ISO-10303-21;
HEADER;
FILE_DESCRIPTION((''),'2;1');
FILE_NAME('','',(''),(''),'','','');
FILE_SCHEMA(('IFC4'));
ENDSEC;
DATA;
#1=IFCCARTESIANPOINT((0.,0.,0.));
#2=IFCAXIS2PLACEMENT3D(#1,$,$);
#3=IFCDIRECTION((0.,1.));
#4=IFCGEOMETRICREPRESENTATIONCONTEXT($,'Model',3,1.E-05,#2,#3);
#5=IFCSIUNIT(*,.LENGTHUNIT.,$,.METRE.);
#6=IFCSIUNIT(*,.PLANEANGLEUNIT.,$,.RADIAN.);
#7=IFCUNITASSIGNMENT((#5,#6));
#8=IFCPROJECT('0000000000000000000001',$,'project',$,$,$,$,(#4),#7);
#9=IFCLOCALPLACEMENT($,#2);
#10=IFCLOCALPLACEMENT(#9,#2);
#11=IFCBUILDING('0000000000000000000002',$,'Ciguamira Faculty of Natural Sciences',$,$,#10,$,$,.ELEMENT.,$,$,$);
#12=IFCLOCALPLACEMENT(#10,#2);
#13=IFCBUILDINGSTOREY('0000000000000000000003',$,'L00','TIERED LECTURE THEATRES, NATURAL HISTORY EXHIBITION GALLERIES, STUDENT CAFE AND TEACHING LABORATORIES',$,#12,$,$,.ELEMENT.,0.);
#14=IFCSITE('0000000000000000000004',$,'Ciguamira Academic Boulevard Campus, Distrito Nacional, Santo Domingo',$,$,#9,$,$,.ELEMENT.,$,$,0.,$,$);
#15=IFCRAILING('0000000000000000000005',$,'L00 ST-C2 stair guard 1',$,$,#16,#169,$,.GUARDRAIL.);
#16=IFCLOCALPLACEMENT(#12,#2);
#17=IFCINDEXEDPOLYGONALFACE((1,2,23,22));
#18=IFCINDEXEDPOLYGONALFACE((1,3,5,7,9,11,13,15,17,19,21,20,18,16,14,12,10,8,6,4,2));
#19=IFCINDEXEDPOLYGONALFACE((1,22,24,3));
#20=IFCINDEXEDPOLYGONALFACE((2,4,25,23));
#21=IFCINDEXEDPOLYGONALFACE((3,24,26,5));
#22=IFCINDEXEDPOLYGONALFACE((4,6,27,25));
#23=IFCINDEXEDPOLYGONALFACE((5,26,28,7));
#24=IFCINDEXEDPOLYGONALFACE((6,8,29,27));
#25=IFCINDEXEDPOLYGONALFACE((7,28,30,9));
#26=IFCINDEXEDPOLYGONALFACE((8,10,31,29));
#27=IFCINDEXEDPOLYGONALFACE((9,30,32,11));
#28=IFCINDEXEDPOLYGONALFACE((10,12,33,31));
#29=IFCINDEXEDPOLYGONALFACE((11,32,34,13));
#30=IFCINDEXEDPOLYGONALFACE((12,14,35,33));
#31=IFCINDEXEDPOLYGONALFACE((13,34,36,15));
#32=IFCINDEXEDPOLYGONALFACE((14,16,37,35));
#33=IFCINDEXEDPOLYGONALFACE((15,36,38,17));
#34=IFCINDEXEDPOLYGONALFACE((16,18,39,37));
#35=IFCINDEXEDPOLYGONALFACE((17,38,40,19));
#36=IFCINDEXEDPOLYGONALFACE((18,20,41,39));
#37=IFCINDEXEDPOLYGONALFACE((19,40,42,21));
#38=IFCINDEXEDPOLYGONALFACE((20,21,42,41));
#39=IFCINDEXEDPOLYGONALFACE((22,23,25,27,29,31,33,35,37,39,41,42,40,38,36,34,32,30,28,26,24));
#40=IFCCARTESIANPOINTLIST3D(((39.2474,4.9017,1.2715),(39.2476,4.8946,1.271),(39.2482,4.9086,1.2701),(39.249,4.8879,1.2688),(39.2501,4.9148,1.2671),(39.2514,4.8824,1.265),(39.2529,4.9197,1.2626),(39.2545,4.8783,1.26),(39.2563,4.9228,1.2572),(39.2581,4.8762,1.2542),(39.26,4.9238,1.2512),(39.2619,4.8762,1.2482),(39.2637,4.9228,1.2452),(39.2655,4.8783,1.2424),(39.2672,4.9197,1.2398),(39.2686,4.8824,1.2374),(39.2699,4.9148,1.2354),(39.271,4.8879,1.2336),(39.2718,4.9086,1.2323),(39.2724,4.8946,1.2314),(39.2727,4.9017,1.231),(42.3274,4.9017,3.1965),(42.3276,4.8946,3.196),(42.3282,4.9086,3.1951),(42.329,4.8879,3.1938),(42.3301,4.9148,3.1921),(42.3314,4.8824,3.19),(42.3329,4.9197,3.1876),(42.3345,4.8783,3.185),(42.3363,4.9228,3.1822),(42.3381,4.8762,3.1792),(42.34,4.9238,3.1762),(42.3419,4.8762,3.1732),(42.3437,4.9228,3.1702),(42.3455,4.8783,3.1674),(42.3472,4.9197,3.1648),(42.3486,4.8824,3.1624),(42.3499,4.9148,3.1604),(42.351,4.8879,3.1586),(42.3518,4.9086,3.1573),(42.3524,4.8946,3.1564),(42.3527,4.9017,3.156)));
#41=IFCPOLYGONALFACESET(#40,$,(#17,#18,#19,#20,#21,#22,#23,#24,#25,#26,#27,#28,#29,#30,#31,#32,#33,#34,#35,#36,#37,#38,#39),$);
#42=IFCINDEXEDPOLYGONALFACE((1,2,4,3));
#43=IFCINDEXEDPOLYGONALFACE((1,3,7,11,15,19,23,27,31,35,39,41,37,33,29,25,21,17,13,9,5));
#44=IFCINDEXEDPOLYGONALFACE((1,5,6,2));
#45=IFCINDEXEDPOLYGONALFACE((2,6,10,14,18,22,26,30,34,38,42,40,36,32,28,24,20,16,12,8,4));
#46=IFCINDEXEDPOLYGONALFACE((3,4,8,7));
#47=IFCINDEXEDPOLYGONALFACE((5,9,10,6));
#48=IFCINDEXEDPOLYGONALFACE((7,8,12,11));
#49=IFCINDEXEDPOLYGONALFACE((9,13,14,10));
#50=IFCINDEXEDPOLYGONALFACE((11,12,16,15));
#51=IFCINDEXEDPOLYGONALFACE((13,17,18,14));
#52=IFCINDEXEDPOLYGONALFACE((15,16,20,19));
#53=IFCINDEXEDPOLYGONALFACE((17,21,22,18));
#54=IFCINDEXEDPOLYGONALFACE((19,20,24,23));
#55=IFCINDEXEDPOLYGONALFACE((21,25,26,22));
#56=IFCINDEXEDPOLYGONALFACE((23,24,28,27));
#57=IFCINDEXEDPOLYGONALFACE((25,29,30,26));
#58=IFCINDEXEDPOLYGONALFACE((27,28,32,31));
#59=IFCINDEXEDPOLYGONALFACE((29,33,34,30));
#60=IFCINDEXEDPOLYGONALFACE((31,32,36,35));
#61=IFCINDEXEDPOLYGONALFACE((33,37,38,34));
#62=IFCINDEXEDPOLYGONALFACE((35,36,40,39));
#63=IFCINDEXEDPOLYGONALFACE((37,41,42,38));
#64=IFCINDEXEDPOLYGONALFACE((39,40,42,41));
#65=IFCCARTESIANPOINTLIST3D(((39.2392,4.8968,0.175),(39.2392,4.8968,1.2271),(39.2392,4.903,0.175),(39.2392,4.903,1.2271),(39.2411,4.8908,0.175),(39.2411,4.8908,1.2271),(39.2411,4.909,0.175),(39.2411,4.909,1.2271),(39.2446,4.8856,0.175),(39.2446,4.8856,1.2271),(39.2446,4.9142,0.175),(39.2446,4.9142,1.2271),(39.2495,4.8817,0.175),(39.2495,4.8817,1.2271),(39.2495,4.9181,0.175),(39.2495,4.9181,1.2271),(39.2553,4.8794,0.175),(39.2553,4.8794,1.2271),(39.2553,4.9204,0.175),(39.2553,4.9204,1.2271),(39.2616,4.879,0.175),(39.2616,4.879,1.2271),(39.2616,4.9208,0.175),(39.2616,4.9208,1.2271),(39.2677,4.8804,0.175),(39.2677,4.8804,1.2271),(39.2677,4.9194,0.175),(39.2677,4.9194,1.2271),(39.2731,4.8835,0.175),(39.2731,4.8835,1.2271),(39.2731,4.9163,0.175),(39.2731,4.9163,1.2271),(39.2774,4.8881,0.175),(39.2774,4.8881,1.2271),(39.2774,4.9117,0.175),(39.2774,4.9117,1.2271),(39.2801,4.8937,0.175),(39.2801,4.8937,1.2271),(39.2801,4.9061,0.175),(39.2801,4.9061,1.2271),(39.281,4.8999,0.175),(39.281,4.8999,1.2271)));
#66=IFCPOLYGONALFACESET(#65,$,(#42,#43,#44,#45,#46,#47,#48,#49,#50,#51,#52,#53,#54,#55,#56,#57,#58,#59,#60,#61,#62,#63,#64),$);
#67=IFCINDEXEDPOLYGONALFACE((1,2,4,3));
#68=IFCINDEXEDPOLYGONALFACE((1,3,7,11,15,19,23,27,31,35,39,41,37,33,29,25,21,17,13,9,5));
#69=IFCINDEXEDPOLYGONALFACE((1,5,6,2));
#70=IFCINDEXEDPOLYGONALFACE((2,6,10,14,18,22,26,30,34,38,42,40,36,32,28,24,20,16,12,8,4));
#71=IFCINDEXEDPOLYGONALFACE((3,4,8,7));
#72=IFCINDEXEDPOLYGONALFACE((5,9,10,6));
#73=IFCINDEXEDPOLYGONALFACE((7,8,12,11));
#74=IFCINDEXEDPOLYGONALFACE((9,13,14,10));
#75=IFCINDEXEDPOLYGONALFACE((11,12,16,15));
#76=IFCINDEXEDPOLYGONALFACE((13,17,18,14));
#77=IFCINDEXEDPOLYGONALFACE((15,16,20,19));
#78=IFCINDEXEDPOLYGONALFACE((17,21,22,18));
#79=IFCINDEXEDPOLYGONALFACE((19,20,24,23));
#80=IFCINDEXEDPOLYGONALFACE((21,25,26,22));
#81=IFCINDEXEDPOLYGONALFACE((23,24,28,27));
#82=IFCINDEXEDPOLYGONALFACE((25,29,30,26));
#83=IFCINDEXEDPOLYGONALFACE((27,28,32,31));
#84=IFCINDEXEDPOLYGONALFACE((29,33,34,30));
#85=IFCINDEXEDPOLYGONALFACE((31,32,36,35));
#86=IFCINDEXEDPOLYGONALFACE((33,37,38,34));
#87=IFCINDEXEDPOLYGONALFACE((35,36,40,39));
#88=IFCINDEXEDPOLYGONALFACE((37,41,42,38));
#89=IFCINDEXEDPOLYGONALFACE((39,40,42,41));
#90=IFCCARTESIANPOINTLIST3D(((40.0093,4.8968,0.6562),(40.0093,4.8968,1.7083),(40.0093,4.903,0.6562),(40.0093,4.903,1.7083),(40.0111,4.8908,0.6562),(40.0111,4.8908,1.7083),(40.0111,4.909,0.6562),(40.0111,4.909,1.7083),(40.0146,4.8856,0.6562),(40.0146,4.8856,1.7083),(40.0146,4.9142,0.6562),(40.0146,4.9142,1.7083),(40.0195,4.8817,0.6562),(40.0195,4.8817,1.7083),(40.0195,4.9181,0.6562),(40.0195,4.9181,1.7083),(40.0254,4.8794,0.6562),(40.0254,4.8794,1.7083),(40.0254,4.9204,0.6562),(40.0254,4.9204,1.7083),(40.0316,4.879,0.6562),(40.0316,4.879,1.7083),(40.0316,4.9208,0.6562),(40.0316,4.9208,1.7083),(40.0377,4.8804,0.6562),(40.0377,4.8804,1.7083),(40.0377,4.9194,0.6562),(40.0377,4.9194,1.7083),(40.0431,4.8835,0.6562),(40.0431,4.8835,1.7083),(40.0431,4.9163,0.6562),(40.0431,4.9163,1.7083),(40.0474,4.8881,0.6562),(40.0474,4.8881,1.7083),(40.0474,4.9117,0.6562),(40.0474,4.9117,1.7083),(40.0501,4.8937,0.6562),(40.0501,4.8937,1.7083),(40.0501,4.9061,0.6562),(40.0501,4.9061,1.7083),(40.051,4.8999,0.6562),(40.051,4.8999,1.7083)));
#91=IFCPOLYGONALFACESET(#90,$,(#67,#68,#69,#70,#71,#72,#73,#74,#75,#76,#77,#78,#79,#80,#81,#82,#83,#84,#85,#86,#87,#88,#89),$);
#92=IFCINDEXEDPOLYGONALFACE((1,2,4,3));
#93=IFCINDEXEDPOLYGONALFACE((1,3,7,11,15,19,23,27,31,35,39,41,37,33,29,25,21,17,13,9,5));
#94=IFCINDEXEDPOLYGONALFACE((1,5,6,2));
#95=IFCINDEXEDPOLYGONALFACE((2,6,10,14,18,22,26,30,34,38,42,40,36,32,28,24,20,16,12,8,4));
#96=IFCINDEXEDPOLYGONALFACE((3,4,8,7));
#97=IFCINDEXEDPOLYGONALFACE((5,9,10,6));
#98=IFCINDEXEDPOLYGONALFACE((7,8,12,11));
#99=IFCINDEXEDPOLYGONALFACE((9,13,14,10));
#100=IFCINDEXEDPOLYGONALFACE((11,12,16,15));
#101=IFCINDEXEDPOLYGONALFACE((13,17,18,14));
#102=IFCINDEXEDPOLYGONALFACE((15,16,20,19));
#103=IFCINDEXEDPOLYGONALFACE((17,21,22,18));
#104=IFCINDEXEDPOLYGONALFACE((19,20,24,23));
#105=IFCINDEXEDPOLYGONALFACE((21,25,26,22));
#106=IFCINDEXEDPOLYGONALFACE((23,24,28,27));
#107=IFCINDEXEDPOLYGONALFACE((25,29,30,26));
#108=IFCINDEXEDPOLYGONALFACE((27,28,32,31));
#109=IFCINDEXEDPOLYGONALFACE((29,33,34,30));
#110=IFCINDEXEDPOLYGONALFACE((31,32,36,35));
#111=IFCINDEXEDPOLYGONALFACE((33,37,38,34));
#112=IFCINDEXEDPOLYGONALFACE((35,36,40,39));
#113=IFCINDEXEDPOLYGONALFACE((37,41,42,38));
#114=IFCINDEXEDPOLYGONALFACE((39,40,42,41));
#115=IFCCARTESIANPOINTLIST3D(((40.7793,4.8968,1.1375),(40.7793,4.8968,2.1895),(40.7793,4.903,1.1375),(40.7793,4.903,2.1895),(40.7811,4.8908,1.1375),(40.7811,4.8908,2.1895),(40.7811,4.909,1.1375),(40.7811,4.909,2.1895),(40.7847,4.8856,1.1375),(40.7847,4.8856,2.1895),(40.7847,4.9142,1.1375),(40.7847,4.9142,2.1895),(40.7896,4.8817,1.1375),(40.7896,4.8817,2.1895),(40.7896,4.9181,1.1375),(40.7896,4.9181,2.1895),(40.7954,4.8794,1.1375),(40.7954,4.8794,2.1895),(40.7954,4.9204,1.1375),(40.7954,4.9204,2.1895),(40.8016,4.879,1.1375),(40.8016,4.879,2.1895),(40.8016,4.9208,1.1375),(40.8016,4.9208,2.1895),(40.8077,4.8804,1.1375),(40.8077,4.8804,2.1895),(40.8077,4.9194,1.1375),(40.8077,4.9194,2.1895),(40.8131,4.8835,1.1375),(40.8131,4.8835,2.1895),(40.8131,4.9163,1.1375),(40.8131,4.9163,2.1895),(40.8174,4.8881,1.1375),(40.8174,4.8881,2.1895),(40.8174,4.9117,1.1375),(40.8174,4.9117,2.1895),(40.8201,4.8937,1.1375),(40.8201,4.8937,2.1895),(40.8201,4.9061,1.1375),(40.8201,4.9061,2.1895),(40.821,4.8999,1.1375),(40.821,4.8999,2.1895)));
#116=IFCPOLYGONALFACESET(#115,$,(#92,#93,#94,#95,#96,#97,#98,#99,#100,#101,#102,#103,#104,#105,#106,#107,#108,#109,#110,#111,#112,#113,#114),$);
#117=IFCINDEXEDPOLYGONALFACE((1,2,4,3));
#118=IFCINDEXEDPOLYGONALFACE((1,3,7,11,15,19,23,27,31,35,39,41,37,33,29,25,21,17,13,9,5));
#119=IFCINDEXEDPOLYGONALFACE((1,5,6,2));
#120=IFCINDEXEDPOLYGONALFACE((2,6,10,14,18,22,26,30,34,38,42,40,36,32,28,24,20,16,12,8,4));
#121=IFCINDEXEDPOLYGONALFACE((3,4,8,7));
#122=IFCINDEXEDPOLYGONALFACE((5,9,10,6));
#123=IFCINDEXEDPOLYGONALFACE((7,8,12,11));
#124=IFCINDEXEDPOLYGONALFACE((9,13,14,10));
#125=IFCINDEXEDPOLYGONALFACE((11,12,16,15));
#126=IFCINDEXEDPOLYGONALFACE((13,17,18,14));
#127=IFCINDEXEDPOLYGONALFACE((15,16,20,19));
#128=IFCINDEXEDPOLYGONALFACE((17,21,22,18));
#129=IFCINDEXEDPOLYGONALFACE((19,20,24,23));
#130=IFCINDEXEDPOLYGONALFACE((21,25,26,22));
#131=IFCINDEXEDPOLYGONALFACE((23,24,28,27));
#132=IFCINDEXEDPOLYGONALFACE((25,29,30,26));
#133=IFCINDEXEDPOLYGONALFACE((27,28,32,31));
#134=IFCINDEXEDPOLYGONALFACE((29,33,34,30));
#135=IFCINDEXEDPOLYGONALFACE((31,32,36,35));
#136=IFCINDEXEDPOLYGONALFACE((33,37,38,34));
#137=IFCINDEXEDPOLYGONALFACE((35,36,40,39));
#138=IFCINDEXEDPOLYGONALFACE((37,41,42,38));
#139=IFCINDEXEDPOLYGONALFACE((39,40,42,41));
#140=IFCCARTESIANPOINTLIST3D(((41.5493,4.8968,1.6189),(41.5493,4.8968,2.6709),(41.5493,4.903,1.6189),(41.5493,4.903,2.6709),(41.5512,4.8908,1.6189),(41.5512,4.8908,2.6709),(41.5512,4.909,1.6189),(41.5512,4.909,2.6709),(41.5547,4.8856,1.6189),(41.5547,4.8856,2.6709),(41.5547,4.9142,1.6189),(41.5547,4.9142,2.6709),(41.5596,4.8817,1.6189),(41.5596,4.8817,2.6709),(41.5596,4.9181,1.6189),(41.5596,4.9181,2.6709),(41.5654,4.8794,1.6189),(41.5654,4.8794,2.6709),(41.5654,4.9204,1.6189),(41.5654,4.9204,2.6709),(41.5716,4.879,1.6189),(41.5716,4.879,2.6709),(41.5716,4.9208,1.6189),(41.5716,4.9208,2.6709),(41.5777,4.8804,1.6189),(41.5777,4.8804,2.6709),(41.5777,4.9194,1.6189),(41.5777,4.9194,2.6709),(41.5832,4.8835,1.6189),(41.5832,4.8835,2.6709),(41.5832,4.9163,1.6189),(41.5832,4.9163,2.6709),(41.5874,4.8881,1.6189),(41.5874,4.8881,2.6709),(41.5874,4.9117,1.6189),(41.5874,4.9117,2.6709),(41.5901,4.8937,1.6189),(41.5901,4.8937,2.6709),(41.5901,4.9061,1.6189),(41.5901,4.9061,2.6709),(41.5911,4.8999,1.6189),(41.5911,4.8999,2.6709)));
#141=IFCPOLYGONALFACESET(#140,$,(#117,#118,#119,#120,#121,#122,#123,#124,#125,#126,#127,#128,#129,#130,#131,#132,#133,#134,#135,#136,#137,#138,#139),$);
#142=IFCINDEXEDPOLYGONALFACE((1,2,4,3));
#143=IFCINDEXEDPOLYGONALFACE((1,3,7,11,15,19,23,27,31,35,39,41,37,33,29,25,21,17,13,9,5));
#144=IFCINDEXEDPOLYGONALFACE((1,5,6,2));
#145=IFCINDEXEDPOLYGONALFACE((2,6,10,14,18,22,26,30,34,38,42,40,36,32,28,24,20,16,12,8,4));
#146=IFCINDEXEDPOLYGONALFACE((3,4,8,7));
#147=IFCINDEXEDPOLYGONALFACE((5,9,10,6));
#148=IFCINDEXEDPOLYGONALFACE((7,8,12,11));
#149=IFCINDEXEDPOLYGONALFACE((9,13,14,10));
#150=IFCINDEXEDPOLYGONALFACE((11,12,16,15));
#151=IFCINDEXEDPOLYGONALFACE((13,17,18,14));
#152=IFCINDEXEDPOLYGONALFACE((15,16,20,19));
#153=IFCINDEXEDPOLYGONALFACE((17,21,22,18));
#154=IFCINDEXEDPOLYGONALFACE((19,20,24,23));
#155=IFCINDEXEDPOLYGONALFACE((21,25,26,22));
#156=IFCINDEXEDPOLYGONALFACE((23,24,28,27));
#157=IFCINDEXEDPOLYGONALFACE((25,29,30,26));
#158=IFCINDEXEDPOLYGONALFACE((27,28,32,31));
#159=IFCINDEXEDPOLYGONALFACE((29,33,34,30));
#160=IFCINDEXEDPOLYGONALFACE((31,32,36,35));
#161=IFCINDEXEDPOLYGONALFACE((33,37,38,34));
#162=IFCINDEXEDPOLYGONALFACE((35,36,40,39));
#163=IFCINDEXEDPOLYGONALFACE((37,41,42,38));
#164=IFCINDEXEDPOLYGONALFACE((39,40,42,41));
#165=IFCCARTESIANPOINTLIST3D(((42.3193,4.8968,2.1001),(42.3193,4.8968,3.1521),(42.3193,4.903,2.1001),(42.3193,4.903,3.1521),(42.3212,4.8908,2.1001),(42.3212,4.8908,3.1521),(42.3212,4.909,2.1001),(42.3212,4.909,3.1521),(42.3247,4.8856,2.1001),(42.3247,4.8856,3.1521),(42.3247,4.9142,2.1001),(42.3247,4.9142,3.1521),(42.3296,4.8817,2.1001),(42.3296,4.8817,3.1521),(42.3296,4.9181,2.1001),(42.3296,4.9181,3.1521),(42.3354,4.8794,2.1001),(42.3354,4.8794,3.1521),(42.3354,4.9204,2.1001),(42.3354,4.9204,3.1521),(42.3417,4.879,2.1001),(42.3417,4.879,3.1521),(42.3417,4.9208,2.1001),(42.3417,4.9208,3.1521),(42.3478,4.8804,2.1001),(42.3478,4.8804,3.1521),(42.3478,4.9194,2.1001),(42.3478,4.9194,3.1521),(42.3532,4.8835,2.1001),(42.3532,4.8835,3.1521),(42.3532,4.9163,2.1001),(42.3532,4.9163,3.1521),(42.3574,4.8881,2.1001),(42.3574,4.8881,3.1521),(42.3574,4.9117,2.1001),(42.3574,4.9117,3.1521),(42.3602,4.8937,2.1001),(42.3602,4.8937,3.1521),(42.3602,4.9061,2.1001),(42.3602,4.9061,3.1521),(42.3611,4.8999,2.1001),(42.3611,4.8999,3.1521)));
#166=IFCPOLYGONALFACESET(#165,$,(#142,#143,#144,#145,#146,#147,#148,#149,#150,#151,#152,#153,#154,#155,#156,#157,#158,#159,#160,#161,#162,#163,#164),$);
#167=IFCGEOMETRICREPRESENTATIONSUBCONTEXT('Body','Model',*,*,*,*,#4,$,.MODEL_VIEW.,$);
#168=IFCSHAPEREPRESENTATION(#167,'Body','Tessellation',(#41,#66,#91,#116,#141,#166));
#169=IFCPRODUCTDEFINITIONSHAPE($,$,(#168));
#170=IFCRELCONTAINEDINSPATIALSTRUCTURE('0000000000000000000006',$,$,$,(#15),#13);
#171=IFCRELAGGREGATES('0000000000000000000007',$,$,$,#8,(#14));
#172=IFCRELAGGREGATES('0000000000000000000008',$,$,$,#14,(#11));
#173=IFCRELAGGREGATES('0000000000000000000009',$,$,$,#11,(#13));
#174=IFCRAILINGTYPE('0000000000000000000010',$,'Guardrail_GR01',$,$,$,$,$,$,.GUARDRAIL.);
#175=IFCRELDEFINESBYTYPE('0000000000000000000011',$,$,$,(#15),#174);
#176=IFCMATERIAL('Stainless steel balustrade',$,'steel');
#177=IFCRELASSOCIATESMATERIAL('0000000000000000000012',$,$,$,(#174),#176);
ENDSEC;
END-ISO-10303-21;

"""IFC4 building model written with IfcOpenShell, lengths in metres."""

from ifc_helpers import new_model, si_unit, direction, frame, origin, origin_2d, place, context, subcontext, project, spatial, circle, extrude, material, type_object, element, save


model = new_model("IFC4")

# Units and contexts
model_context = context("Model", 3, precision=1e-05, world=origin(), true_north=direction((0.0, 1.0)))
body_context = subcontext(model_context, "Body", "Model", "MODEL_VIEW")
ifc_project = project(units=[si_unit("LENGTHUNIT", "METRE"), si_unit("PLANEANGLEUNIT", "RADIAN")], contexts=[model_context])

# Site, building, storey
site_placement = place(None, origin())
site = spatial("IfcSite", under=ifc_project, at=site_placement, Name="Ciguamira Academic Boulevard Campus, Distrito Nacional, Santo Domingo", CompositionType="ELEMENT", RefElevation=0.0)
building_placement = place(site_placement, origin())
building = spatial("IfcBuilding", under=site, at=building_placement, Name="Ciguamira Faculty of Natural Sciences", CompositionType="ELEMENT")
storey_placement = place(building_placement, origin())
storey = spatial("IfcBuildingStorey", under=building, at=storey_placement, Name="L00", Description="TIERED LECTURE THEATRES, NATURAL HISTORY EXHIBITION GALLERIES, STUDENT CAFE AND TEACHING LABORATORIES", CompositionType="ELEMENT", Elevation=0.0)

# Railing
ifc_material_1 = material(Name="Stainless steel balustrade", Category="steel")
railing_type_1 = type_object("IfcRailingType", Name="Guardrail_GR01", PredefinedType="GUARDRAIL", material=ifc_material_1)
railing_1_placement = place(storey_placement, frame((39.26, 4.8999, 0.175)))
element("IfcRailing", 1, at=railing_1_placement, inside=storey, type_object=railing_type_1, Name="L00 ST-C2 stair guard 1", PredefinedType="GUARDRAIL", context=body_context, shape_type="SweptSolid", body=[
    extrude(circle(Radius=0.0239, at=origin_2d()), frame((0.0, 0.0, 1.0762), z_axis=(0.847998, 0.0, 0.529999), x_axis=(0.0, 1.0, 0.0)), (0.0, 0.0, 1.0), 3.6321),
    extrude(circle(Radius=0.021, at=origin_2d()), origin(), (0.0, 0.0, 1.0), 1.052),
    extrude(circle(Radius=0.021, at=origin_2d()), frame((0.77, 0.0, 0.4812)), (0.0, 0.0, 1.0), 1.052),
    extrude(circle(Radius=0.021, at=origin_2d()), frame((1.54, 0.0, 0.9624)), (0.0, 0.0, 1.0), 1.052),
    extrude(circle(Radius=0.021, at=origin_2d()), frame((2.3101, 0.0, 1.4438)), (0.0, 0.0, 1.0), 1.052),
    extrude(circle(Radius=0.021, at=origin_2d()), frame((3.0801, 0.0, 1.925)), (0.0, 0.0, 1.0), 1.052),
])

save(model, "model.ifc")
